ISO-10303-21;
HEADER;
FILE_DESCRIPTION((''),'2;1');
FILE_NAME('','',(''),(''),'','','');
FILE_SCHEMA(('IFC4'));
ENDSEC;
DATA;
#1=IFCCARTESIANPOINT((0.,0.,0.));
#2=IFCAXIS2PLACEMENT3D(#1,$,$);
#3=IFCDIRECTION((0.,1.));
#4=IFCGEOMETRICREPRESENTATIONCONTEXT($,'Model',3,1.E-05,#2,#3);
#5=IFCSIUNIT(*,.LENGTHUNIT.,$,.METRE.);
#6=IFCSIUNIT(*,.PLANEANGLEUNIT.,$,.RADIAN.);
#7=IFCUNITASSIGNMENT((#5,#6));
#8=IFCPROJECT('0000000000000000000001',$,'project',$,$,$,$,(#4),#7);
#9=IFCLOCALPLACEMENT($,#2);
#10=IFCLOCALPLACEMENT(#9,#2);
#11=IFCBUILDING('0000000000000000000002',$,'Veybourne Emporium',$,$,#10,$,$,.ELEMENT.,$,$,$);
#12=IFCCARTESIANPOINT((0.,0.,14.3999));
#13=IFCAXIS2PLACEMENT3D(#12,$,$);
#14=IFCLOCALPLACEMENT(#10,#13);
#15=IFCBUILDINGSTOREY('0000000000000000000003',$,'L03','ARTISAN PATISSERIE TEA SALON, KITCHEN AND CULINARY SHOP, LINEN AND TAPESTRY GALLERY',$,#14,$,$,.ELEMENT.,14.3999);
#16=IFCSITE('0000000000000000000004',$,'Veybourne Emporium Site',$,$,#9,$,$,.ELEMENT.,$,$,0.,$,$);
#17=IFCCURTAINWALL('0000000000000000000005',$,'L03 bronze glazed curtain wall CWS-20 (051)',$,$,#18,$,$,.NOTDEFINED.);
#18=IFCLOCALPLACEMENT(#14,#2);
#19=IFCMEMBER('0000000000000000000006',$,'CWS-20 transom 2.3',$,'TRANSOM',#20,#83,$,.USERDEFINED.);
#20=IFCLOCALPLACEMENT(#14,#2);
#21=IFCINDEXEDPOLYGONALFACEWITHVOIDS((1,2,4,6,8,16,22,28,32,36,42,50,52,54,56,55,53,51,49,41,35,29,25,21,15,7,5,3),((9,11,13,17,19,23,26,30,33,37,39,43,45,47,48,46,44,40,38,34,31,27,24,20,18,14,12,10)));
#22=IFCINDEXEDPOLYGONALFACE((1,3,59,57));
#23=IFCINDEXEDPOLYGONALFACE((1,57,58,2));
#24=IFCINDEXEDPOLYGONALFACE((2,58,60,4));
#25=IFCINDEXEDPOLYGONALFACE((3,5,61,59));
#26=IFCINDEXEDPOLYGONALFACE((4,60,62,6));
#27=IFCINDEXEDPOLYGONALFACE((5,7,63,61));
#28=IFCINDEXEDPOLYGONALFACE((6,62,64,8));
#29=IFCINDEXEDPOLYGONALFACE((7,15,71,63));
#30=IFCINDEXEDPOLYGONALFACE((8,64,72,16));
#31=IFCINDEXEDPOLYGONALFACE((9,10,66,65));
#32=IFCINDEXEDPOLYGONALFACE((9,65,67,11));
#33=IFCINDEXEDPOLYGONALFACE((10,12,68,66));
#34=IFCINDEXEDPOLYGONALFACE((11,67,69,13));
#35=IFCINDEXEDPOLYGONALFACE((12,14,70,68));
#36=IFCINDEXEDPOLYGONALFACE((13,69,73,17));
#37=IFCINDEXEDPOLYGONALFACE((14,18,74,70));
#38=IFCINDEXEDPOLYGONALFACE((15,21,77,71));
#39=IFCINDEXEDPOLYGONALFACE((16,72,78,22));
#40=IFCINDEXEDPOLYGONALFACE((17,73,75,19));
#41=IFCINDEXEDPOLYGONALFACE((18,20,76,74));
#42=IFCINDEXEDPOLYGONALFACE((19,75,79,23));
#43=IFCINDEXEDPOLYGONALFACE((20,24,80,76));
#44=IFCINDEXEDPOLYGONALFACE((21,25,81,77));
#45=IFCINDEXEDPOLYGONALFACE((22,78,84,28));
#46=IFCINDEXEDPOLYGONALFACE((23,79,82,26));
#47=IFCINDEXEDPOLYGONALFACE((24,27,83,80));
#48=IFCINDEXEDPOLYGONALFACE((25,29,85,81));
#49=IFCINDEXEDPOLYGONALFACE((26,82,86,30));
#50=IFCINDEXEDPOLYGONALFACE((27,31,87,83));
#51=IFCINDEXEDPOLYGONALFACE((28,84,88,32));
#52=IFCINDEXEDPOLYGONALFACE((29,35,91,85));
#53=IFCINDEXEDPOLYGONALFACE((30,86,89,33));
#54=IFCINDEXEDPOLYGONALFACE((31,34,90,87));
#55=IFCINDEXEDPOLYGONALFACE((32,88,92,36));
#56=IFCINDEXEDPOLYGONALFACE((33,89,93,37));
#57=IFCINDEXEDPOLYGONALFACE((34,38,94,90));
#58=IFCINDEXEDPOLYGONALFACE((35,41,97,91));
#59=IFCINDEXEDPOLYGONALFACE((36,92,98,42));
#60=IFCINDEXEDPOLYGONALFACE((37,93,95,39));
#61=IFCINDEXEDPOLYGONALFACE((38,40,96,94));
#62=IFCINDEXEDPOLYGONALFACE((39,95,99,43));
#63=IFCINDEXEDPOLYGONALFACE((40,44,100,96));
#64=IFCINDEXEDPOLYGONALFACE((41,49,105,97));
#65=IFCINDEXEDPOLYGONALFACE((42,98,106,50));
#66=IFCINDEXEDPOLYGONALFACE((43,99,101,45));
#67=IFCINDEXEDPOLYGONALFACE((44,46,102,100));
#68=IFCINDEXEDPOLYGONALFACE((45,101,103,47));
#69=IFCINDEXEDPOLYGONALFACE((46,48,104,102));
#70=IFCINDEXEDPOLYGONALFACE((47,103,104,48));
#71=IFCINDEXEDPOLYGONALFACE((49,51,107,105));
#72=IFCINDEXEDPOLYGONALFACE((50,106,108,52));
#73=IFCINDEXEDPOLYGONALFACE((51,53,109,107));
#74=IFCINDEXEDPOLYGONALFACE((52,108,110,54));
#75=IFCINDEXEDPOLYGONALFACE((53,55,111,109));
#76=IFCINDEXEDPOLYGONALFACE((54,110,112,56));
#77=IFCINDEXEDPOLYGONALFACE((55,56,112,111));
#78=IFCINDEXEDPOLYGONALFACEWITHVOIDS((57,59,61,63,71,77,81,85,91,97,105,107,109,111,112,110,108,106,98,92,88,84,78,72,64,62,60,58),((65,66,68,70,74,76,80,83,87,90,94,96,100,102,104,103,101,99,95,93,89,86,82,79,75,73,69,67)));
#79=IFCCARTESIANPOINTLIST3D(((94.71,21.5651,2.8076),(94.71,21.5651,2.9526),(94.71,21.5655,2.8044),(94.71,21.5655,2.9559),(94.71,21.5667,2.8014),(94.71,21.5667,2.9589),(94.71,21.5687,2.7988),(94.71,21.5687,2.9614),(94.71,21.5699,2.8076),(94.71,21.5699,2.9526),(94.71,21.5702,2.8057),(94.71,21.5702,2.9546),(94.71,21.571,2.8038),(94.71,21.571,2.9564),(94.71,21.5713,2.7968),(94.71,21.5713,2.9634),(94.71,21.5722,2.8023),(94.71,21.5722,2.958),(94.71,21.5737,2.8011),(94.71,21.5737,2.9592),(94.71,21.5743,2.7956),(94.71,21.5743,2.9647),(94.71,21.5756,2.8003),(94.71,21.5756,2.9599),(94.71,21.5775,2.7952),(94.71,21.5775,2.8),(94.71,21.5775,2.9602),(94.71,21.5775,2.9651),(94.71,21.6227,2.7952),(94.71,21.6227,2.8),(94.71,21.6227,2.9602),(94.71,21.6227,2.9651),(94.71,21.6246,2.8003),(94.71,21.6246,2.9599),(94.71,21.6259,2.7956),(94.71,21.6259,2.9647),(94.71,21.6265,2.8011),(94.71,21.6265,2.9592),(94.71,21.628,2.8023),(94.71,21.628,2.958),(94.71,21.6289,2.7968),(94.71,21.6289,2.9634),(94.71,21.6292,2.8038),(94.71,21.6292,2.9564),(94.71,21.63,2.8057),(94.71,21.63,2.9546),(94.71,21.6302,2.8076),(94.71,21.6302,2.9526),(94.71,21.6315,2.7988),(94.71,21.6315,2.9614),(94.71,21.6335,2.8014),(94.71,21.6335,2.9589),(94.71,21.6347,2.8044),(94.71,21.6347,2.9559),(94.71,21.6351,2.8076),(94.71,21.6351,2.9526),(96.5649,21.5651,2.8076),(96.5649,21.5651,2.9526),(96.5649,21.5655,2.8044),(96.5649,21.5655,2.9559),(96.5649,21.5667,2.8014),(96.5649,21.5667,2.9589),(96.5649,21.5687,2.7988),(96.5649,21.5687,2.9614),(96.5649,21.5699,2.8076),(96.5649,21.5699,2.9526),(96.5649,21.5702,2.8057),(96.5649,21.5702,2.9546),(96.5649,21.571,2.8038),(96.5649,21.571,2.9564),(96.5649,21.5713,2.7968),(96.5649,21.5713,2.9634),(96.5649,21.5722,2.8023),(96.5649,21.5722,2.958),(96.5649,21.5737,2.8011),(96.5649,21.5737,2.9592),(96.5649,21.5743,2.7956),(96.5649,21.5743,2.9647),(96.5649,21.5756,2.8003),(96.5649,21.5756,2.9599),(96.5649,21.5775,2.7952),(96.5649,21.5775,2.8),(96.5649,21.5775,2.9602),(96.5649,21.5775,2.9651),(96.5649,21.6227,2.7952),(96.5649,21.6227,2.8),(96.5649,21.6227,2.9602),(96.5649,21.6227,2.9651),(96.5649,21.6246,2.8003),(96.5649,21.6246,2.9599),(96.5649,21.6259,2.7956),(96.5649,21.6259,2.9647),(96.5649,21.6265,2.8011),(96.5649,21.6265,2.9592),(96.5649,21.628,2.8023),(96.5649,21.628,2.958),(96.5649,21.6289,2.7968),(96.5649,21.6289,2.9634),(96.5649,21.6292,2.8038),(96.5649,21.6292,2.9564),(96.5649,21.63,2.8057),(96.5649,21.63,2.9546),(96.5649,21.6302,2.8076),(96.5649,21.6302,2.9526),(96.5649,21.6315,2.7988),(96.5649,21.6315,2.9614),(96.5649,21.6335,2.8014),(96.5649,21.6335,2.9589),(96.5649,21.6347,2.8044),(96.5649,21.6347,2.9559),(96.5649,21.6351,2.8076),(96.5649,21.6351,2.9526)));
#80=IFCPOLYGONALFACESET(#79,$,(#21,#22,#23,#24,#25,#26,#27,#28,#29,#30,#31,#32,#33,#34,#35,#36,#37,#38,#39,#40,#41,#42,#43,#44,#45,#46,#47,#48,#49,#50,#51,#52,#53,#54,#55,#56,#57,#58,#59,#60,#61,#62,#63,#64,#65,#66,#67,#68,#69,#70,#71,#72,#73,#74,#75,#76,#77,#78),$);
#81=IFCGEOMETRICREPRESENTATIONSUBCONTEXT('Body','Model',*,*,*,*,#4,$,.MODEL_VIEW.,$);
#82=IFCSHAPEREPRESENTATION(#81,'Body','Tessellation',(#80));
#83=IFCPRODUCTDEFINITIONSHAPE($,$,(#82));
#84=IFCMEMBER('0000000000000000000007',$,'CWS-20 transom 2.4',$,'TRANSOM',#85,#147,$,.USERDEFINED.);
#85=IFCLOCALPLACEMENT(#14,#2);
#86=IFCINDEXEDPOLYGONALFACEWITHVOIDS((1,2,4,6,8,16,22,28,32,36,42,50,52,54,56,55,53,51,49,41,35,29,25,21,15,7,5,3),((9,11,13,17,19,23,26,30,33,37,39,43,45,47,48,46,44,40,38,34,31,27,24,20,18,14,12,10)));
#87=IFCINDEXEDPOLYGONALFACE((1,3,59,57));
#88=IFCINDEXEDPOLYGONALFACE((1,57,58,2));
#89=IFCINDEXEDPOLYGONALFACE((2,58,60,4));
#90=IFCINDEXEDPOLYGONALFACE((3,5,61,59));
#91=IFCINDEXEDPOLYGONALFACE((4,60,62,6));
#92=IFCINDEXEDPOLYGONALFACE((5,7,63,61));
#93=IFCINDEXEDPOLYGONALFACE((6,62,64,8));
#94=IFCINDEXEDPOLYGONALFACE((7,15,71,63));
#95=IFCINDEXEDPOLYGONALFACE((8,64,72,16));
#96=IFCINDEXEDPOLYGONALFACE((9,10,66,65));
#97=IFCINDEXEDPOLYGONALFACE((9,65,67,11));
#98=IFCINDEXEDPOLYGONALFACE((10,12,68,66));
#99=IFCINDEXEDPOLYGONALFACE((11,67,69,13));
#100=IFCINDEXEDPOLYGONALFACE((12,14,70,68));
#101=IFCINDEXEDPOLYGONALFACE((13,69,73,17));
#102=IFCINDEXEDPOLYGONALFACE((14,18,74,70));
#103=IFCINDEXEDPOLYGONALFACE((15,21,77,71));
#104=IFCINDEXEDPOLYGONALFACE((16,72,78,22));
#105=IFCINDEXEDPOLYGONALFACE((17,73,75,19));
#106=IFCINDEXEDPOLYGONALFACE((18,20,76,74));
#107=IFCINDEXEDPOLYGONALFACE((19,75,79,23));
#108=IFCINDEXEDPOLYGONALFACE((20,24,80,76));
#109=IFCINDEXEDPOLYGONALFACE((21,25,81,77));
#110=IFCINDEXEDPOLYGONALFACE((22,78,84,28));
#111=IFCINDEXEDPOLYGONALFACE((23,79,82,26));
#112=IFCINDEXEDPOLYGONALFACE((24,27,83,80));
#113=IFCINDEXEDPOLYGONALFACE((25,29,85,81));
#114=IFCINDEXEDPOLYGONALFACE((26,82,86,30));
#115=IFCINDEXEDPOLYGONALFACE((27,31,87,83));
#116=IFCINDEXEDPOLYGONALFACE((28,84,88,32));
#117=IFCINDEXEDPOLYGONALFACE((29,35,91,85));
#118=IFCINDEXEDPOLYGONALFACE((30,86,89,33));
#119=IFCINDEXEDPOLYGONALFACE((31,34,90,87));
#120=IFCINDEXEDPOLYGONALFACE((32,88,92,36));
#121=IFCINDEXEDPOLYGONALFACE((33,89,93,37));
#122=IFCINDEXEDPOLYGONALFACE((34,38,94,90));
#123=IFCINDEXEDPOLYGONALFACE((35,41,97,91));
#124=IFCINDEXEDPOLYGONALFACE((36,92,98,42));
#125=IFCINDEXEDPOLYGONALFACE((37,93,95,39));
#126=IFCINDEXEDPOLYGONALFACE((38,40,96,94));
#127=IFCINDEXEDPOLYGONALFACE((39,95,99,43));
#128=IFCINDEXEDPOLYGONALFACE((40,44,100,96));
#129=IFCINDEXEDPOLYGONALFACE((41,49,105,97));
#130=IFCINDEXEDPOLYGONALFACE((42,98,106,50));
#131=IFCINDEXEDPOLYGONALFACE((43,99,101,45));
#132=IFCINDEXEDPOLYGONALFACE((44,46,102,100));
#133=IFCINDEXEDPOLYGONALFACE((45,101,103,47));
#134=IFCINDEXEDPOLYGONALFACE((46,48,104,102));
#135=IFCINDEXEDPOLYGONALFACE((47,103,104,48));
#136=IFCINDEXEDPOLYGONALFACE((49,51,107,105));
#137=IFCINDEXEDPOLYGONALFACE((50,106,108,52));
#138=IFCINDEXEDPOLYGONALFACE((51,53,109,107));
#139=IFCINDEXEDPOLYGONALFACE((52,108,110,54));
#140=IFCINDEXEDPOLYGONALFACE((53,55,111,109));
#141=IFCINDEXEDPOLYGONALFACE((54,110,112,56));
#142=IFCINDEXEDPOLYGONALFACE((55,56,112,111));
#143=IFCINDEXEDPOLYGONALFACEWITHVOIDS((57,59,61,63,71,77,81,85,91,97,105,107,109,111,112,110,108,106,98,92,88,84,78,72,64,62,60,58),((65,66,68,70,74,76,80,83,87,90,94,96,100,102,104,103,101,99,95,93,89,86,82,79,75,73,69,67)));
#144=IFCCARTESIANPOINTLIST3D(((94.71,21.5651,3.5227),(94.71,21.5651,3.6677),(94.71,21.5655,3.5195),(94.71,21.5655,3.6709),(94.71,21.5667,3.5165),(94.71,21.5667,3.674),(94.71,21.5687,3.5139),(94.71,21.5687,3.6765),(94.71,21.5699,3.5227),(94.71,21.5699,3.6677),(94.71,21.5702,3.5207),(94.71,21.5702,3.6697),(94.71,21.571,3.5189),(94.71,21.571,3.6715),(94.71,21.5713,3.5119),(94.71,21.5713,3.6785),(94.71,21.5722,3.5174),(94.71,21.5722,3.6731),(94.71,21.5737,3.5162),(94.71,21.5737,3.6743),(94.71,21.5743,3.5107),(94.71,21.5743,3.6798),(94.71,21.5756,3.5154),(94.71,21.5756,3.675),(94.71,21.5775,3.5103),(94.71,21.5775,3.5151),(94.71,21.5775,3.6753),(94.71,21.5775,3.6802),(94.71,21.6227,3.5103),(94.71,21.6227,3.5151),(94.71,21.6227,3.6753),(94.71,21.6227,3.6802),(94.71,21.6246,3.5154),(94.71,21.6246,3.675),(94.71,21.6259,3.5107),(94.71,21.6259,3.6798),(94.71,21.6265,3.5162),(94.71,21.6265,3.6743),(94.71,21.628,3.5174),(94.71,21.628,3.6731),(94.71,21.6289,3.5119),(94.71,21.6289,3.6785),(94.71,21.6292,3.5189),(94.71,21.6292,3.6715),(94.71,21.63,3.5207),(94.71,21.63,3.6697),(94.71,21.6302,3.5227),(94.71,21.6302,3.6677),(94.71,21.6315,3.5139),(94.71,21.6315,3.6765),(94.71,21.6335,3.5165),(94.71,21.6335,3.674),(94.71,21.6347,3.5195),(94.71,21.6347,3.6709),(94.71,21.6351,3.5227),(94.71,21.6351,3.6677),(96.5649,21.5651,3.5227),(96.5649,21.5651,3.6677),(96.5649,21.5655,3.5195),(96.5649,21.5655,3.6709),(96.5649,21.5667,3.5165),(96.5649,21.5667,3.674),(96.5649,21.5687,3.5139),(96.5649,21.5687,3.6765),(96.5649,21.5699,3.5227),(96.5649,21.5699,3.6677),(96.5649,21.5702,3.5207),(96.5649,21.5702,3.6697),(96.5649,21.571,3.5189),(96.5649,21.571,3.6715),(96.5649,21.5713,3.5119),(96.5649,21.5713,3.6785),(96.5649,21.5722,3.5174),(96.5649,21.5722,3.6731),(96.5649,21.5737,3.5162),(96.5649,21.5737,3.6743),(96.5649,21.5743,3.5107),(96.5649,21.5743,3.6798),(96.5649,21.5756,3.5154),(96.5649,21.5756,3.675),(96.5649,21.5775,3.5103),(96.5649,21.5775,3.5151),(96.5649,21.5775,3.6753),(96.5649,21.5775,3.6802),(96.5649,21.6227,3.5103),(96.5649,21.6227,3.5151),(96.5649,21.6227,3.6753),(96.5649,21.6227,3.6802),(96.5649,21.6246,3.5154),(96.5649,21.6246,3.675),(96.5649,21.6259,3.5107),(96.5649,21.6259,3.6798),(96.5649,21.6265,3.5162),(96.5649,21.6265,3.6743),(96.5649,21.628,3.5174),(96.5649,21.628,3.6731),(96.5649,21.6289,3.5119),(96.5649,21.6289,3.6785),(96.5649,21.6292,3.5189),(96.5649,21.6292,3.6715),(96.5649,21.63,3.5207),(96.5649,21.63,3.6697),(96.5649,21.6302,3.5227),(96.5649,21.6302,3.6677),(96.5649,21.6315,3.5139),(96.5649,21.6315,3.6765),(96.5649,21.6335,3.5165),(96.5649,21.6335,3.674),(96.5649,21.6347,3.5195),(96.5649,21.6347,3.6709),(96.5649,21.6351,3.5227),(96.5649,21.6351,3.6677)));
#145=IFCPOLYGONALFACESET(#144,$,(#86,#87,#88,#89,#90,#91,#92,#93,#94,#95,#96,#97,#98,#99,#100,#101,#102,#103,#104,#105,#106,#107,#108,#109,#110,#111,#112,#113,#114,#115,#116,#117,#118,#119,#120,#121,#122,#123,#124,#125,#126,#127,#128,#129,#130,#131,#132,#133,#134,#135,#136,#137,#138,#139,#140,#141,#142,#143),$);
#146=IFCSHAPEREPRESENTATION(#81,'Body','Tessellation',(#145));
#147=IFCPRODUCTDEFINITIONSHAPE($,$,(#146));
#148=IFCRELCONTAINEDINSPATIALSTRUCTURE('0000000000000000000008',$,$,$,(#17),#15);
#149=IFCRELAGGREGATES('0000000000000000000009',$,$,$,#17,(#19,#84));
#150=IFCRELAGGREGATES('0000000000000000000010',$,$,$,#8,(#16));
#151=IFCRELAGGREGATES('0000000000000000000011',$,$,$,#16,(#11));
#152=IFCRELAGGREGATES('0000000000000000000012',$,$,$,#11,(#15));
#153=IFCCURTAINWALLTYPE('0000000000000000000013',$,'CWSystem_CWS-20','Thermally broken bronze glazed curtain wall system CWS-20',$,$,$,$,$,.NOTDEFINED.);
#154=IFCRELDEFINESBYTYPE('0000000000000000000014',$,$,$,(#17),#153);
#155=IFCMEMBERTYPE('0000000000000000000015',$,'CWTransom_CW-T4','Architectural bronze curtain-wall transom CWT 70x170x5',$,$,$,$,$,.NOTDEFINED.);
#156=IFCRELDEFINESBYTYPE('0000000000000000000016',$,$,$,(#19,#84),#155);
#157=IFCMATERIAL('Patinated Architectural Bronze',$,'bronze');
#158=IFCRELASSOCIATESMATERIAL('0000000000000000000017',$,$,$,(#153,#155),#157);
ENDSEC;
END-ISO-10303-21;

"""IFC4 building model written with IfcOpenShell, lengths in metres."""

from ifc_helpers import new_model, si_unit, direction, frame, origin, origin_2d, place, context, subcontext, project, spatial, hollow_rectangle, extrude, material, material_profile, profile_set, type_object, element, aggregate, save


model = new_model("IFC4")

# Units and contexts
model_context = context("Model", 3, precision=1e-05, world=origin(), true_north=direction((0.0, 1.0)))
body_context = subcontext(model_context, "Body", "Model", "MODEL_VIEW")
ifc_project = project(units=[si_unit("LENGTHUNIT", "METRE"), si_unit("PLANEANGLEUNIT", "RADIAN")], contexts=[model_context])

# Site, building, storey
site_placement = place(None, origin())
site = spatial("IfcSite", under=ifc_project, at=site_placement, Name="Veybourne Emporium Site", CompositionType="ELEMENT", RefElevation=0.0)
building_placement = place(site_placement, origin())
building = spatial("IfcBuilding", under=site, at=building_placement, Name="Veybourne Emporium", CompositionType="ELEMENT")
storey_placement = place(building_placement, frame((0.0, 0.0, 14.3999)))
storey = spatial("IfcBuildingStorey", under=building, at=storey_placement, Name="L03", Description="ARTISAN PATISSERIE TEA SALON, KITCHEN AND CULINARY SHOP, LINEN AND TAPESTRY GALLERY", CompositionType="ELEMENT", Elevation=14.3999)

# Curtain wall, members
ifc_material_1 = material(Name="Patinated Architectural Bronze", Category="bronze")
curtain_wall_type = type_object("IfcCurtainWallType", Name="CWSystem_CWS-20", Description="Thermally broken bronze glazed curtain wall system CWS-20", PredefinedType="NOTDEFINED", material=ifc_material_1)
curtain_wall_placement = place(storey_placement, origin())
curtain_wall = element("IfcCurtainWall", 1, at=curtain_wall_placement, inside=storey, type_object=curtain_wall_type, Name="L03 bronze glazed curtain wall CWS-20 (051)", PredefinedType="NOTDEFINED")
ifc_material_profile_1 = material_profile(ifc_material_1, hollow_rectangle(XDim=0.0701, YDim=0.1699, WallThickness=0.0049, InnerFilletRadius=0.0076, OuterFilletRadius=0.0125, at=origin_2d()), Name="CWT 70x170x5")
ifc_profile_set_1 = profile_set([ifc_material_profile_1], Name="Patinated Architectural Bronze")
member_type_1 = type_object("IfcMemberType", Name="CWTransom_CW-T4", Description="Architectural bronze curtain-wall transom CWT 70x170x5", PredefinedType="NOTDEFINED", material=ifc_profile_set_1)
member_1_placement = place(storey_placement, frame((94.71, 21.6001, 2.8801), z_axis=(1.0, 0.0, 0.0), x_axis=(0.0, 1.0, 0.0)))
member_1 = element("IfcMember", 2, at=member_1_placement, type_object=member_type_1, Name="CWS-20 transom 2.3", ObjectType="TRANSOM", PredefinedType="USERDEFINED", context=body_context, shape_type="SweptSolid", body=[
    extrude(hollow_rectangle(XDim=0.0701, YDim=0.1699, WallThickness=0.0049, InnerFilletRadius=0.0076, OuterFilletRadius=0.0125, at=origin_2d()), origin(), (0.0, 0.0, 1.0), 1.855),
])
member_2_placement = place(storey_placement, frame((94.71, 21.6001, 3.5952), z_axis=(1.0, 0.0, 0.0), x_axis=(0.0, 1.0, 0.0)))
member_2 = element("IfcMember", 3, at=member_2_placement, type_object=member_type_1, Name="CWS-20 transom 2.4", ObjectType="TRANSOM", PredefinedType="USERDEFINED", context=body_context, shape_type="SweptSolid", body=[
    extrude(hollow_rectangle(XDim=0.0701, YDim=0.1699, WallThickness=0.0049, InnerFilletRadius=0.0076, OuterFilletRadius=0.0125, at=origin_2d()), origin(), (0.0, 0.0, 1.0), 1.855),
])

aggregate(curtain_wall, [member_1, member_2])

save(model, "model.ifc")
